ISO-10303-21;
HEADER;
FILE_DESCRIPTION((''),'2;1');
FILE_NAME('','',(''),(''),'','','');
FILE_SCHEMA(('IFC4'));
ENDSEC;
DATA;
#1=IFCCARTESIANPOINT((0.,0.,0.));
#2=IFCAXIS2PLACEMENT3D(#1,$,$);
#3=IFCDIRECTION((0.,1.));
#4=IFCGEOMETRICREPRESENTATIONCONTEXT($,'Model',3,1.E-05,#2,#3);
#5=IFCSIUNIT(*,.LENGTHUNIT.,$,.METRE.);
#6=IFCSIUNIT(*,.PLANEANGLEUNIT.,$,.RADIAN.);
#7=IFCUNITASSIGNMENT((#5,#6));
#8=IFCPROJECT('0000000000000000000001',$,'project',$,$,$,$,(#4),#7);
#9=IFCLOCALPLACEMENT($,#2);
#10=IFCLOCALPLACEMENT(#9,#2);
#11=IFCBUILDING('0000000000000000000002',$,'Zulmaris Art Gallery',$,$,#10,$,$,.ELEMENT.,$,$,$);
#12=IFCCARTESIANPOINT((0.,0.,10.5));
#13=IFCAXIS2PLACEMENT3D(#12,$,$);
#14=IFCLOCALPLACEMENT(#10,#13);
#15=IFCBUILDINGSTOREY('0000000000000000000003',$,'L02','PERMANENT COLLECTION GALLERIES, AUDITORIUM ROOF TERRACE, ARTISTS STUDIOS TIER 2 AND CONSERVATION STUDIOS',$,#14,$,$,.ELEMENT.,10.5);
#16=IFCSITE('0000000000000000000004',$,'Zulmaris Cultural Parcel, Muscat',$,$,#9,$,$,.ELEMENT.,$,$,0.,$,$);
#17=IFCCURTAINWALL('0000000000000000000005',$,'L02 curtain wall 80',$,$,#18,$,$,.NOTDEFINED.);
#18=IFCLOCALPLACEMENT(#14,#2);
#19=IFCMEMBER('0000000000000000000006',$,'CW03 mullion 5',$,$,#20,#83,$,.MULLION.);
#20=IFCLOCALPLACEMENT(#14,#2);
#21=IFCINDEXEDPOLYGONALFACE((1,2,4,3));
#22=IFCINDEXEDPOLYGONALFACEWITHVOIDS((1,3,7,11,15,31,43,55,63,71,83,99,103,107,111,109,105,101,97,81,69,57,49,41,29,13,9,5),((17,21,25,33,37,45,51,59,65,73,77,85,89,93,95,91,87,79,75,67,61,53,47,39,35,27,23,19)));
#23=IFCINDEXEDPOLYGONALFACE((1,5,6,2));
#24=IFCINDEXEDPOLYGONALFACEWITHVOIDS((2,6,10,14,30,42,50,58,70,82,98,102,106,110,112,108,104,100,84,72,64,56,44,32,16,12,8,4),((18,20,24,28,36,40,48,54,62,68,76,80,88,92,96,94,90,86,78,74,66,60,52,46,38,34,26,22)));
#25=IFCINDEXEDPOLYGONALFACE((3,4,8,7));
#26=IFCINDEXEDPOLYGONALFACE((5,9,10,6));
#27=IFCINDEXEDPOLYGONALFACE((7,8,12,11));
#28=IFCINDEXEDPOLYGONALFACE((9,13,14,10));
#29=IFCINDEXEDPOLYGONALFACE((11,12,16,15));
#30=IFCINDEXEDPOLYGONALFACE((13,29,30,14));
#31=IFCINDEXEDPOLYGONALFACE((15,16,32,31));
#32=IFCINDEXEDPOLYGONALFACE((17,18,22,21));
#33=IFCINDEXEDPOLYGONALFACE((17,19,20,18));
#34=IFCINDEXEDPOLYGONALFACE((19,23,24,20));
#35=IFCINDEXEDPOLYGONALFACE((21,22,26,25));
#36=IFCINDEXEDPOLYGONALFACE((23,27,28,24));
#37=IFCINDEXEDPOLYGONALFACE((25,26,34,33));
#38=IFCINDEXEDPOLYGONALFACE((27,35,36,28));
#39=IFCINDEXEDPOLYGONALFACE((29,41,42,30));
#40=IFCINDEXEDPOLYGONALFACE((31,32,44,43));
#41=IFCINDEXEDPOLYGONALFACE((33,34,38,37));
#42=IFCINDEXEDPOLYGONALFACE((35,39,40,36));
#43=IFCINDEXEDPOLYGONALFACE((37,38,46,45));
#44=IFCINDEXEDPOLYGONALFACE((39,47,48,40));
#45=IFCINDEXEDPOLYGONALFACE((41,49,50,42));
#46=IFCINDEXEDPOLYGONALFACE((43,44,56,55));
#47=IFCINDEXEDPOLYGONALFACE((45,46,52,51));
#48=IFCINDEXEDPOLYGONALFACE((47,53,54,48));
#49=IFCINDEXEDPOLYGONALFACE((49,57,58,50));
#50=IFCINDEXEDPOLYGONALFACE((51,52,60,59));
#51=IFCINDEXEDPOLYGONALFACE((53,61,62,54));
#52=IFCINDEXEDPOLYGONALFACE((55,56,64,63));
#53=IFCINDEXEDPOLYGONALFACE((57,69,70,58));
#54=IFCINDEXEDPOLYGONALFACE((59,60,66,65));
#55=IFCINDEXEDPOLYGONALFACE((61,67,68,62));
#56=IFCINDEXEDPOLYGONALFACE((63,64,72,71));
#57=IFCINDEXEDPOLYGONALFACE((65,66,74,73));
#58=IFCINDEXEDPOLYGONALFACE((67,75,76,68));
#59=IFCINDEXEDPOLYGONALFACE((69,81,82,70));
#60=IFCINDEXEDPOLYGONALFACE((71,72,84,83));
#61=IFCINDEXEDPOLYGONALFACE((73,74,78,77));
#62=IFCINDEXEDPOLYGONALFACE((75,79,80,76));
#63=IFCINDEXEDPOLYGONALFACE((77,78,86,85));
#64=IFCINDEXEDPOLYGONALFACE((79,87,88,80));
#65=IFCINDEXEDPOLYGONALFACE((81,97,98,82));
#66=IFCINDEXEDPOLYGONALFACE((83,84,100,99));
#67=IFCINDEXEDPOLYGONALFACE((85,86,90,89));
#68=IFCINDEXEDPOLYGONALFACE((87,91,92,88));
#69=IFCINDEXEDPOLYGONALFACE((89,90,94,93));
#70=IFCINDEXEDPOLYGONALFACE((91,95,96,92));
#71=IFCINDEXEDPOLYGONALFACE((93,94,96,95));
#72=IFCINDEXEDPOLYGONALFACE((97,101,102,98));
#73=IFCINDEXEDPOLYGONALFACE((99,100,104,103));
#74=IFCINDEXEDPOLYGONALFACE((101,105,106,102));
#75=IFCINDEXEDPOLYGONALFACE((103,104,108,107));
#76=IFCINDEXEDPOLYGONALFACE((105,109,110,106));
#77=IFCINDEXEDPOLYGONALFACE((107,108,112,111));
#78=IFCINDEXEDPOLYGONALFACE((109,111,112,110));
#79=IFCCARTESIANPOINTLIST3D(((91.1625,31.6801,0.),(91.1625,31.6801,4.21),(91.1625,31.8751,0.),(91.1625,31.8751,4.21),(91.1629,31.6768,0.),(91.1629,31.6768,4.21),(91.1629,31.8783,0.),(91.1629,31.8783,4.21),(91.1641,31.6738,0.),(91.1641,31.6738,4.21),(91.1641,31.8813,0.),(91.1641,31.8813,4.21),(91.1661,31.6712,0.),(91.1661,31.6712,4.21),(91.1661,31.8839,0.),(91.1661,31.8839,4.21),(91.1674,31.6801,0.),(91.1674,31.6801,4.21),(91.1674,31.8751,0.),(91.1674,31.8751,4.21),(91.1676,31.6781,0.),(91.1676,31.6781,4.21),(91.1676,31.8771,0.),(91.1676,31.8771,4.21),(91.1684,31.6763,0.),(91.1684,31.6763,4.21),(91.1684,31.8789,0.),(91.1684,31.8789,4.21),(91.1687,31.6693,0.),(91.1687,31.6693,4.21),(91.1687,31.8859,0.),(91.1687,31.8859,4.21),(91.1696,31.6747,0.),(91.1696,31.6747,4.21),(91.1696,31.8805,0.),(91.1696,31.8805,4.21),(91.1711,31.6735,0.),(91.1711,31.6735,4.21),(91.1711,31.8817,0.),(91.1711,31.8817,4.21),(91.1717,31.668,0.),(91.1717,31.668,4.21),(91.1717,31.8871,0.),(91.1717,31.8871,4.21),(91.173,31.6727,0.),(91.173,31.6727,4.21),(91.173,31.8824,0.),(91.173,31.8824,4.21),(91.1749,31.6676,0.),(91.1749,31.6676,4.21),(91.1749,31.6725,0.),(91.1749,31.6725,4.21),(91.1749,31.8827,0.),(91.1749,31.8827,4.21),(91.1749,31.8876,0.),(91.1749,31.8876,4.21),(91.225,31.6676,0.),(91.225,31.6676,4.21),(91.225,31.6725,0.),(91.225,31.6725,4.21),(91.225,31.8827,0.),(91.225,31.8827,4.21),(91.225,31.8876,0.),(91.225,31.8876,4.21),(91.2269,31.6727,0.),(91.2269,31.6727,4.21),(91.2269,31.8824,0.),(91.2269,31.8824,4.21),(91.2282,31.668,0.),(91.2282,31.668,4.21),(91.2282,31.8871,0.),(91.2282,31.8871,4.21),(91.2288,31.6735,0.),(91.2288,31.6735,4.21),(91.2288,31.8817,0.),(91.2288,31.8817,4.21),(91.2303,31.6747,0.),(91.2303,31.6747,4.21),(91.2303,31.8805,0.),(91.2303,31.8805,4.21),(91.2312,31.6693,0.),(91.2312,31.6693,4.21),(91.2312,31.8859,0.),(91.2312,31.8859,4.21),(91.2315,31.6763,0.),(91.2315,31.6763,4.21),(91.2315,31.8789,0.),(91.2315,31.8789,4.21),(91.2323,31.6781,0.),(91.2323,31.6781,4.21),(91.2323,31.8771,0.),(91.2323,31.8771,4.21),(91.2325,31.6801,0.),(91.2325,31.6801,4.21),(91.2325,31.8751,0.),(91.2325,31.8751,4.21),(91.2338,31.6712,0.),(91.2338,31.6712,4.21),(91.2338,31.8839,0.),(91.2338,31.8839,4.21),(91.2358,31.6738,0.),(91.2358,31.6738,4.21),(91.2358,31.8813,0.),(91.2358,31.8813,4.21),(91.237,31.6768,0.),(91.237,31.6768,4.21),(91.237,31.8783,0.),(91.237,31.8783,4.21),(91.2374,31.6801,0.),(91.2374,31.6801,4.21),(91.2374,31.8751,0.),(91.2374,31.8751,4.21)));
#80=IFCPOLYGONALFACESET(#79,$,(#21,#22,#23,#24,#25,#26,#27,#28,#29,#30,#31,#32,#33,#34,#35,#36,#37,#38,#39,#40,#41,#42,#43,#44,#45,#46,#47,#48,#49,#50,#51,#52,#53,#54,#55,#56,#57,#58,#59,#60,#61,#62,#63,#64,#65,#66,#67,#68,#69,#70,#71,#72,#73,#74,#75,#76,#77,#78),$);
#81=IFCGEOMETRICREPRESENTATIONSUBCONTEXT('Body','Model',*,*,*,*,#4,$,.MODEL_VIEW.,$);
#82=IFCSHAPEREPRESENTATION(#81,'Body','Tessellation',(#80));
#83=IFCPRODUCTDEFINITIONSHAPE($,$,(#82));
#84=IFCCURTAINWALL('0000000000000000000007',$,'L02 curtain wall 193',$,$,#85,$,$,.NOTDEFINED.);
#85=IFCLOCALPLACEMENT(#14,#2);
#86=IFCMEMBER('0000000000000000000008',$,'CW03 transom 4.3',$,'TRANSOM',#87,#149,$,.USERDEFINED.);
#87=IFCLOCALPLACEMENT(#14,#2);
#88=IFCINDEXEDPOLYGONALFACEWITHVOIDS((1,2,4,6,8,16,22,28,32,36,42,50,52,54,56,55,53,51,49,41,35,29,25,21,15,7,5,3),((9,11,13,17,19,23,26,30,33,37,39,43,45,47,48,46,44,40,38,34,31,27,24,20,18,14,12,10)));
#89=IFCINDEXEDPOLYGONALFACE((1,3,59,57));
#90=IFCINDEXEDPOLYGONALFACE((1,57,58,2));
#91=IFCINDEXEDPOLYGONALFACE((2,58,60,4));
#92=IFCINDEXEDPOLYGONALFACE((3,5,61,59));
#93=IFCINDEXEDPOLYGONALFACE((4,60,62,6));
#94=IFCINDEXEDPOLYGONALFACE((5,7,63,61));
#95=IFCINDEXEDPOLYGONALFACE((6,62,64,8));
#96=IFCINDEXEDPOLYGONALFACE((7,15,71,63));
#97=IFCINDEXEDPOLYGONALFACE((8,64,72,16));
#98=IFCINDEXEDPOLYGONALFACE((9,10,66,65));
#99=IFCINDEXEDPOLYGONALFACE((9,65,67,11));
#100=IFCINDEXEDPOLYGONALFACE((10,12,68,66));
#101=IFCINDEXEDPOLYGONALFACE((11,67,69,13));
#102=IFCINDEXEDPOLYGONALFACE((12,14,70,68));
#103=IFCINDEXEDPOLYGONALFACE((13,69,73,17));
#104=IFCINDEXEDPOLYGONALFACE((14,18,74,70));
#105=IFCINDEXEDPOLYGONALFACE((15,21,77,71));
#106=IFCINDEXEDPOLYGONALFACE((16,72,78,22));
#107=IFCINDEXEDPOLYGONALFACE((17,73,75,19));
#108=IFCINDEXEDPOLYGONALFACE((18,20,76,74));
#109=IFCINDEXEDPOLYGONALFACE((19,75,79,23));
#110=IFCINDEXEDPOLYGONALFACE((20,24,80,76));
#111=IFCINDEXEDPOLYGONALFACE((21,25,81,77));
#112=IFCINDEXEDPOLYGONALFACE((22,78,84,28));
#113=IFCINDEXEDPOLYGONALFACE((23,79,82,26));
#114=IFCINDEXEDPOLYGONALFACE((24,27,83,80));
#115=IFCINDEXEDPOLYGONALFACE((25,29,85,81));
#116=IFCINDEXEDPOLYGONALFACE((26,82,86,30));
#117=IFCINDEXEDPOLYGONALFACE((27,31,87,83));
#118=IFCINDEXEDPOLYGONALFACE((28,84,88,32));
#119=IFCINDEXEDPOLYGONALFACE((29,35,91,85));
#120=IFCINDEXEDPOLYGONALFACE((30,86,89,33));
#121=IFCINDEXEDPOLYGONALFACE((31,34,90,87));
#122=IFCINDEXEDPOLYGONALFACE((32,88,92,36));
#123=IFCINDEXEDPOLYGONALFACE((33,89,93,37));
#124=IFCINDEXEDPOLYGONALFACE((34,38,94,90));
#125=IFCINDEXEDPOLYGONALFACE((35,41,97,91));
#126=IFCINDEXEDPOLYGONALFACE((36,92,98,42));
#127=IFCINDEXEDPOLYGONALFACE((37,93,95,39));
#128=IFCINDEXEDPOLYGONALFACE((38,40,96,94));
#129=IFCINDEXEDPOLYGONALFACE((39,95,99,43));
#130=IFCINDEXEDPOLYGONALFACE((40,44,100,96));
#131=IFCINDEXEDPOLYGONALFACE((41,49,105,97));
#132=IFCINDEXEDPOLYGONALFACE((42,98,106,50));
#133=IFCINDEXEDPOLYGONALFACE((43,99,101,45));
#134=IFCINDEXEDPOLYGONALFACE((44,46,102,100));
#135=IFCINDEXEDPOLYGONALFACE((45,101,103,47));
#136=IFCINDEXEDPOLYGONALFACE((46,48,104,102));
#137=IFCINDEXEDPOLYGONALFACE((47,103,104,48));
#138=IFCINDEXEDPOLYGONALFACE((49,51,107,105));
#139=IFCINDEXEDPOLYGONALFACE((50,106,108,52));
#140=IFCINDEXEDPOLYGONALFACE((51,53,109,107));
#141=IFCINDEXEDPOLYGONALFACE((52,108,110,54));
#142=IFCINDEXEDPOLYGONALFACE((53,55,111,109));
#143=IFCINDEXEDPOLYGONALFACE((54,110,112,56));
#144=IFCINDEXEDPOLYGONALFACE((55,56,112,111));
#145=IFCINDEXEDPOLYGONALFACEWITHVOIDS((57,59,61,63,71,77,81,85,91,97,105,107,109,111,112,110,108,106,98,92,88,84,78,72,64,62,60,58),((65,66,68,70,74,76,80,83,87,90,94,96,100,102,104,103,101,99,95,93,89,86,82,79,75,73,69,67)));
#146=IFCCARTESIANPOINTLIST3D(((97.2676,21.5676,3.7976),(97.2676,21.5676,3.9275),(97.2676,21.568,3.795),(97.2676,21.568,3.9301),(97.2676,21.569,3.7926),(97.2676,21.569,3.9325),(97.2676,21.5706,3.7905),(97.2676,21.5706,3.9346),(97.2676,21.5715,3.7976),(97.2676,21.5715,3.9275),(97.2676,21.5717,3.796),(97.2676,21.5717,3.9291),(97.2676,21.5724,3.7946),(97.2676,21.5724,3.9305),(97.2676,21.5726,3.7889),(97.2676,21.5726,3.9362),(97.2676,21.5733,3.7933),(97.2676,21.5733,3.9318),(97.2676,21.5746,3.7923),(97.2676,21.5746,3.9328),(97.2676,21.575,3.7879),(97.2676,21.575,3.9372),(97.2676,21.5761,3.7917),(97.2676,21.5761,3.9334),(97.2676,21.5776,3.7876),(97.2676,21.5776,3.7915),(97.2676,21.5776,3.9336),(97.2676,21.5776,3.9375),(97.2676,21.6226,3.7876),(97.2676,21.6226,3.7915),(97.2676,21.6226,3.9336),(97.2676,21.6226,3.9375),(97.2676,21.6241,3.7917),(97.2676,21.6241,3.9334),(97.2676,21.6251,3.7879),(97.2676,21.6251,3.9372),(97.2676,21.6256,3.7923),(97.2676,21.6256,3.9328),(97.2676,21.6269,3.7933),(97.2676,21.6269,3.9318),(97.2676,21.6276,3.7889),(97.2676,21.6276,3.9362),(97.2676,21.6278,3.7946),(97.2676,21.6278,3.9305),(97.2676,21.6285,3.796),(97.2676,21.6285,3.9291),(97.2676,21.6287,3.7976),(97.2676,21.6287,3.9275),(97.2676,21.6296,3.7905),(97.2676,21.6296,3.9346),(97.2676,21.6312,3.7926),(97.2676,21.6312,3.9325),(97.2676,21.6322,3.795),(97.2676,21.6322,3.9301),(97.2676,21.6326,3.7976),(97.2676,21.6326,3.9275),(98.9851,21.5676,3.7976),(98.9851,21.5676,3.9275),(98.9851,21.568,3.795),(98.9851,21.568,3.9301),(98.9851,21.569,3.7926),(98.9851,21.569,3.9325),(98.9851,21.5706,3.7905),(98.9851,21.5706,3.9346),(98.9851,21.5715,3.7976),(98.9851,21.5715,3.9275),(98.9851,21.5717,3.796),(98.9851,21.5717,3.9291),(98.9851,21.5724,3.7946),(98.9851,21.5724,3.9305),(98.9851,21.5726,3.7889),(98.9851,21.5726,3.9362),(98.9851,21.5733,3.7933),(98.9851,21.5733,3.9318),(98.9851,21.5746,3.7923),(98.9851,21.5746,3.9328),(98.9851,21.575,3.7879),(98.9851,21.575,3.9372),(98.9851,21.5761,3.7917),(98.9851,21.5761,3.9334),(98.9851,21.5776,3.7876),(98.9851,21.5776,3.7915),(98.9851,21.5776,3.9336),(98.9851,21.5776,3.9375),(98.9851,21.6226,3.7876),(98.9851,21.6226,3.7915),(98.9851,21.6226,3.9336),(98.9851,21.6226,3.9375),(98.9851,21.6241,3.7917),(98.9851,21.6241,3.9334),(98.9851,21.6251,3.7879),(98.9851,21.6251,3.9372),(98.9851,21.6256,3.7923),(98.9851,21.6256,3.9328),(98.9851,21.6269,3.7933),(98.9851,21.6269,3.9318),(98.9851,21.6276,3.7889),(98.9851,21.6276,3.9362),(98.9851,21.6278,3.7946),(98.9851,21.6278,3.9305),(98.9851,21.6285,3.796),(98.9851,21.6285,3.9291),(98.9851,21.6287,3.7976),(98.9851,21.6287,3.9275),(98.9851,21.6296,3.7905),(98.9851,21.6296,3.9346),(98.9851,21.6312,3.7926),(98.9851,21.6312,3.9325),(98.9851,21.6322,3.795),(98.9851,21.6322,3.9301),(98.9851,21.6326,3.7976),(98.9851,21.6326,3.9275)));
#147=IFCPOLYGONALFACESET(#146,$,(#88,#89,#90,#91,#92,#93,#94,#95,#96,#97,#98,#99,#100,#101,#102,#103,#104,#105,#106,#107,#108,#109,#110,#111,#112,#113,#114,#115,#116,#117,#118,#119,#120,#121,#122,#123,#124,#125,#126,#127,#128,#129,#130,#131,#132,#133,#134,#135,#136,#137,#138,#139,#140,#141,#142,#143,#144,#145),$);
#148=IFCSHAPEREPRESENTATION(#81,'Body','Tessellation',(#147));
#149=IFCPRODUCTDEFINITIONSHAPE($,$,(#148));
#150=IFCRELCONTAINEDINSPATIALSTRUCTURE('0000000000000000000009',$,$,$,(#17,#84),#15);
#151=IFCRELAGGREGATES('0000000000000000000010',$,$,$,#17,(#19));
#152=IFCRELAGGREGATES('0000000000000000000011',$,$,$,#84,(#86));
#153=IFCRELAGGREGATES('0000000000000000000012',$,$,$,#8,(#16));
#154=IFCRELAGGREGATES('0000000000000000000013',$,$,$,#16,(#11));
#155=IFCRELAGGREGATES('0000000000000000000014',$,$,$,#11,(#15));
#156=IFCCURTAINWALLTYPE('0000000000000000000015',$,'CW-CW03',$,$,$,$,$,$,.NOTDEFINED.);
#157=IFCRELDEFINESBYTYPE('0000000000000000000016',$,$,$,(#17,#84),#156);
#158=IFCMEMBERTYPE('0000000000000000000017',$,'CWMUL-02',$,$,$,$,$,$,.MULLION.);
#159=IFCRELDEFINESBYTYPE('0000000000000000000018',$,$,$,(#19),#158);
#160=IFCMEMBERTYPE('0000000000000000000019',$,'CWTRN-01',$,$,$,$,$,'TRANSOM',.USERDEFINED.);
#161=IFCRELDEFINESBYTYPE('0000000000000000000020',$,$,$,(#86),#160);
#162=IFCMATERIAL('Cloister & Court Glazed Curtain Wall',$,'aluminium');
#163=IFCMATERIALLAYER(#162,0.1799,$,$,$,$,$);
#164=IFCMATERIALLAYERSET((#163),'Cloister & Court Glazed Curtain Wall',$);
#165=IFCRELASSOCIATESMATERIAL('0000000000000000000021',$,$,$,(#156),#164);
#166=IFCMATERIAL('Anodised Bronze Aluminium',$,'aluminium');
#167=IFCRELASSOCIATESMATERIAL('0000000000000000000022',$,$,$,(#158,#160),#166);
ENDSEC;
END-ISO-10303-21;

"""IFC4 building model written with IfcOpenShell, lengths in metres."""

from ifc_helpers import new_model, si_unit, direction, frame, origin, origin_2d, place, context, subcontext, project, spatial, hollow_rectangle, extrude, material, layer, layer_set, material_profile, profile_set, type_object, element, aggregate, save


model = new_model("IFC4")

# Units and contexts
model_context = context("Model", 3, precision=1e-05, world=origin(), true_north=direction((0.0, 1.0)))
body_context = subcontext(model_context, "Body", "Model", "MODEL_VIEW")
ifc_project = project(units=[si_unit("LENGTHUNIT", "METRE"), si_unit("PLANEANGLEUNIT", "RADIAN")], contexts=[model_context])

# Site, building, storey
site_placement = place(None, origin())
site = spatial("IfcSite", under=ifc_project, at=site_placement, Name="Zulmaris Cultural Parcel, Muscat", CompositionType="ELEMENT", RefElevation=0.0)
building_placement = place(site_placement, origin())
building = spatial("IfcBuilding", under=site, at=building_placement, Name="Zulmaris Art Gallery", CompositionType="ELEMENT")
storey_placement = place(building_placement, frame((0.0, 0.0, 10.5)))
storey = spatial("IfcBuildingStorey", under=building, at=storey_placement, Name="L02", Description="PERMANENT COLLECTION GALLERIES, AUDITORIUM ROOF TERRACE, ARTISTS STUDIOS TIER 2 AND CONSERVATION STUDIOS", CompositionType="ELEMENT", Elevation=10.5)

# Curtain wall, member
ifc_material_1 = material(Name="Cloister & Court Glazed Curtain Wall", Category="aluminium")
ifc_layer_1 = layer(ifc_material_1, 0.1799)
ifc_layer_set_1 = layer_set([ifc_layer_1], Name="Cloister & Court Glazed Curtain Wall")
curtain_wall_type = type_object("IfcCurtainWallType", Name="CW-CW03", PredefinedType="NOTDEFINED", material=ifc_layer_set_1)
ifc_material_2 = material(Name="Anodised Bronze Aluminium", Category="aluminium")
ifc_material_profile_1 = material_profile(ifc_material_2, hollow_rectangle(XDim=0.075, YDim=0.22, WallThickness=0.0049, InnerFilletRadius=0.0076, OuterFilletRadius=0.0125, at=origin_2d()), Name="ALU 75x220x5")
ifc_profile_set_1 = profile_set([ifc_material_profile_1], Name="Anodised Bronze Aluminium")
member_type_1 = type_object("IfcMemberType", Name="CWMUL-02", PredefinedType="MULLION", material=ifc_profile_set_1)
curtain_wall_1_placement = place(storey_placement, origin())
curtain_wall_1 = element("IfcCurtainWall", 1, at=curtain_wall_1_placement, inside=storey, type_object=curtain_wall_type, Name="L02 curtain wall 80", PredefinedType="NOTDEFINED")
member_1_placement = place(storey_placement, frame((91.2, 31.7776, 0.0), z_axis=(0.0, 0.0, 1.0), x_axis=(1.0, 0.0, 0.0)))
member_1 = element("IfcMember", 2, at=member_1_placement, type_object=member_type_1, Name="CW03 mullion 5", PredefinedType="MULLION", context=body_context, shape_type="SweptSolid", body=[
    extrude(hollow_rectangle(XDim=0.075, YDim=0.22, WallThickness=0.0049, InnerFilletRadius=0.0076, OuterFilletRadius=0.0125, at=origin_2d()), origin(), (0.0, 0.0, 1.0), 4.21),
])

# Curtain wall, member
curtain_wall_2_placement = place(storey_placement, origin())
curtain_wall_2 = element("IfcCurtainWall", 3, at=curtain_wall_2_placement, inside=storey, type_object=curtain_wall_type, Name="L02 curtain wall 193", PredefinedType="NOTDEFINED")
ifc_material_profile_2 = material_profile(ifc_material_2, hollow_rectangle(XDim=0.0649, YDim=0.1499, WallThickness=0.0039, InnerFilletRadius=0.0061, OuterFilletRadius=0.01, at=origin_2d()), Name="ALU 65x150x4")
ifc_profile_set_2 = profile_set([ifc_material_profile_2], Name="Anodised Bronze Aluminium")
member_type_2 = type_object("IfcMemberType", Name="CWTRN-01", ElementType="TRANSOM", PredefinedType="USERDEFINED", material=ifc_profile_set_2)
member_2_placement = place(storey_placement, frame((97.2676, 21.6001, 3.8625), z_axis=(1.0, 0.0, 0.0), x_axis=(0.0, 1.0, 0.0)))
member_2 = element("IfcMember", 4, at=member_2_placement, type_object=member_type_2, Name="CW03 transom 4.3", ObjectType="TRANSOM", PredefinedType="USERDEFINED", context=body_context, shape_type="SweptSolid", body=[
    extrude(hollow_rectangle(XDim=0.0649, YDim=0.1499, WallThickness=0.0039, InnerFilletRadius=0.0061, OuterFilletRadius=0.01, at=origin_2d()), origin(), (0.0, 0.0, 1.0), 1.7175),
])

aggregate(curtain_wall_1, [member_1])
aggregate(curtain_wall_2, [member_2])

save(model, "model.ifc")
